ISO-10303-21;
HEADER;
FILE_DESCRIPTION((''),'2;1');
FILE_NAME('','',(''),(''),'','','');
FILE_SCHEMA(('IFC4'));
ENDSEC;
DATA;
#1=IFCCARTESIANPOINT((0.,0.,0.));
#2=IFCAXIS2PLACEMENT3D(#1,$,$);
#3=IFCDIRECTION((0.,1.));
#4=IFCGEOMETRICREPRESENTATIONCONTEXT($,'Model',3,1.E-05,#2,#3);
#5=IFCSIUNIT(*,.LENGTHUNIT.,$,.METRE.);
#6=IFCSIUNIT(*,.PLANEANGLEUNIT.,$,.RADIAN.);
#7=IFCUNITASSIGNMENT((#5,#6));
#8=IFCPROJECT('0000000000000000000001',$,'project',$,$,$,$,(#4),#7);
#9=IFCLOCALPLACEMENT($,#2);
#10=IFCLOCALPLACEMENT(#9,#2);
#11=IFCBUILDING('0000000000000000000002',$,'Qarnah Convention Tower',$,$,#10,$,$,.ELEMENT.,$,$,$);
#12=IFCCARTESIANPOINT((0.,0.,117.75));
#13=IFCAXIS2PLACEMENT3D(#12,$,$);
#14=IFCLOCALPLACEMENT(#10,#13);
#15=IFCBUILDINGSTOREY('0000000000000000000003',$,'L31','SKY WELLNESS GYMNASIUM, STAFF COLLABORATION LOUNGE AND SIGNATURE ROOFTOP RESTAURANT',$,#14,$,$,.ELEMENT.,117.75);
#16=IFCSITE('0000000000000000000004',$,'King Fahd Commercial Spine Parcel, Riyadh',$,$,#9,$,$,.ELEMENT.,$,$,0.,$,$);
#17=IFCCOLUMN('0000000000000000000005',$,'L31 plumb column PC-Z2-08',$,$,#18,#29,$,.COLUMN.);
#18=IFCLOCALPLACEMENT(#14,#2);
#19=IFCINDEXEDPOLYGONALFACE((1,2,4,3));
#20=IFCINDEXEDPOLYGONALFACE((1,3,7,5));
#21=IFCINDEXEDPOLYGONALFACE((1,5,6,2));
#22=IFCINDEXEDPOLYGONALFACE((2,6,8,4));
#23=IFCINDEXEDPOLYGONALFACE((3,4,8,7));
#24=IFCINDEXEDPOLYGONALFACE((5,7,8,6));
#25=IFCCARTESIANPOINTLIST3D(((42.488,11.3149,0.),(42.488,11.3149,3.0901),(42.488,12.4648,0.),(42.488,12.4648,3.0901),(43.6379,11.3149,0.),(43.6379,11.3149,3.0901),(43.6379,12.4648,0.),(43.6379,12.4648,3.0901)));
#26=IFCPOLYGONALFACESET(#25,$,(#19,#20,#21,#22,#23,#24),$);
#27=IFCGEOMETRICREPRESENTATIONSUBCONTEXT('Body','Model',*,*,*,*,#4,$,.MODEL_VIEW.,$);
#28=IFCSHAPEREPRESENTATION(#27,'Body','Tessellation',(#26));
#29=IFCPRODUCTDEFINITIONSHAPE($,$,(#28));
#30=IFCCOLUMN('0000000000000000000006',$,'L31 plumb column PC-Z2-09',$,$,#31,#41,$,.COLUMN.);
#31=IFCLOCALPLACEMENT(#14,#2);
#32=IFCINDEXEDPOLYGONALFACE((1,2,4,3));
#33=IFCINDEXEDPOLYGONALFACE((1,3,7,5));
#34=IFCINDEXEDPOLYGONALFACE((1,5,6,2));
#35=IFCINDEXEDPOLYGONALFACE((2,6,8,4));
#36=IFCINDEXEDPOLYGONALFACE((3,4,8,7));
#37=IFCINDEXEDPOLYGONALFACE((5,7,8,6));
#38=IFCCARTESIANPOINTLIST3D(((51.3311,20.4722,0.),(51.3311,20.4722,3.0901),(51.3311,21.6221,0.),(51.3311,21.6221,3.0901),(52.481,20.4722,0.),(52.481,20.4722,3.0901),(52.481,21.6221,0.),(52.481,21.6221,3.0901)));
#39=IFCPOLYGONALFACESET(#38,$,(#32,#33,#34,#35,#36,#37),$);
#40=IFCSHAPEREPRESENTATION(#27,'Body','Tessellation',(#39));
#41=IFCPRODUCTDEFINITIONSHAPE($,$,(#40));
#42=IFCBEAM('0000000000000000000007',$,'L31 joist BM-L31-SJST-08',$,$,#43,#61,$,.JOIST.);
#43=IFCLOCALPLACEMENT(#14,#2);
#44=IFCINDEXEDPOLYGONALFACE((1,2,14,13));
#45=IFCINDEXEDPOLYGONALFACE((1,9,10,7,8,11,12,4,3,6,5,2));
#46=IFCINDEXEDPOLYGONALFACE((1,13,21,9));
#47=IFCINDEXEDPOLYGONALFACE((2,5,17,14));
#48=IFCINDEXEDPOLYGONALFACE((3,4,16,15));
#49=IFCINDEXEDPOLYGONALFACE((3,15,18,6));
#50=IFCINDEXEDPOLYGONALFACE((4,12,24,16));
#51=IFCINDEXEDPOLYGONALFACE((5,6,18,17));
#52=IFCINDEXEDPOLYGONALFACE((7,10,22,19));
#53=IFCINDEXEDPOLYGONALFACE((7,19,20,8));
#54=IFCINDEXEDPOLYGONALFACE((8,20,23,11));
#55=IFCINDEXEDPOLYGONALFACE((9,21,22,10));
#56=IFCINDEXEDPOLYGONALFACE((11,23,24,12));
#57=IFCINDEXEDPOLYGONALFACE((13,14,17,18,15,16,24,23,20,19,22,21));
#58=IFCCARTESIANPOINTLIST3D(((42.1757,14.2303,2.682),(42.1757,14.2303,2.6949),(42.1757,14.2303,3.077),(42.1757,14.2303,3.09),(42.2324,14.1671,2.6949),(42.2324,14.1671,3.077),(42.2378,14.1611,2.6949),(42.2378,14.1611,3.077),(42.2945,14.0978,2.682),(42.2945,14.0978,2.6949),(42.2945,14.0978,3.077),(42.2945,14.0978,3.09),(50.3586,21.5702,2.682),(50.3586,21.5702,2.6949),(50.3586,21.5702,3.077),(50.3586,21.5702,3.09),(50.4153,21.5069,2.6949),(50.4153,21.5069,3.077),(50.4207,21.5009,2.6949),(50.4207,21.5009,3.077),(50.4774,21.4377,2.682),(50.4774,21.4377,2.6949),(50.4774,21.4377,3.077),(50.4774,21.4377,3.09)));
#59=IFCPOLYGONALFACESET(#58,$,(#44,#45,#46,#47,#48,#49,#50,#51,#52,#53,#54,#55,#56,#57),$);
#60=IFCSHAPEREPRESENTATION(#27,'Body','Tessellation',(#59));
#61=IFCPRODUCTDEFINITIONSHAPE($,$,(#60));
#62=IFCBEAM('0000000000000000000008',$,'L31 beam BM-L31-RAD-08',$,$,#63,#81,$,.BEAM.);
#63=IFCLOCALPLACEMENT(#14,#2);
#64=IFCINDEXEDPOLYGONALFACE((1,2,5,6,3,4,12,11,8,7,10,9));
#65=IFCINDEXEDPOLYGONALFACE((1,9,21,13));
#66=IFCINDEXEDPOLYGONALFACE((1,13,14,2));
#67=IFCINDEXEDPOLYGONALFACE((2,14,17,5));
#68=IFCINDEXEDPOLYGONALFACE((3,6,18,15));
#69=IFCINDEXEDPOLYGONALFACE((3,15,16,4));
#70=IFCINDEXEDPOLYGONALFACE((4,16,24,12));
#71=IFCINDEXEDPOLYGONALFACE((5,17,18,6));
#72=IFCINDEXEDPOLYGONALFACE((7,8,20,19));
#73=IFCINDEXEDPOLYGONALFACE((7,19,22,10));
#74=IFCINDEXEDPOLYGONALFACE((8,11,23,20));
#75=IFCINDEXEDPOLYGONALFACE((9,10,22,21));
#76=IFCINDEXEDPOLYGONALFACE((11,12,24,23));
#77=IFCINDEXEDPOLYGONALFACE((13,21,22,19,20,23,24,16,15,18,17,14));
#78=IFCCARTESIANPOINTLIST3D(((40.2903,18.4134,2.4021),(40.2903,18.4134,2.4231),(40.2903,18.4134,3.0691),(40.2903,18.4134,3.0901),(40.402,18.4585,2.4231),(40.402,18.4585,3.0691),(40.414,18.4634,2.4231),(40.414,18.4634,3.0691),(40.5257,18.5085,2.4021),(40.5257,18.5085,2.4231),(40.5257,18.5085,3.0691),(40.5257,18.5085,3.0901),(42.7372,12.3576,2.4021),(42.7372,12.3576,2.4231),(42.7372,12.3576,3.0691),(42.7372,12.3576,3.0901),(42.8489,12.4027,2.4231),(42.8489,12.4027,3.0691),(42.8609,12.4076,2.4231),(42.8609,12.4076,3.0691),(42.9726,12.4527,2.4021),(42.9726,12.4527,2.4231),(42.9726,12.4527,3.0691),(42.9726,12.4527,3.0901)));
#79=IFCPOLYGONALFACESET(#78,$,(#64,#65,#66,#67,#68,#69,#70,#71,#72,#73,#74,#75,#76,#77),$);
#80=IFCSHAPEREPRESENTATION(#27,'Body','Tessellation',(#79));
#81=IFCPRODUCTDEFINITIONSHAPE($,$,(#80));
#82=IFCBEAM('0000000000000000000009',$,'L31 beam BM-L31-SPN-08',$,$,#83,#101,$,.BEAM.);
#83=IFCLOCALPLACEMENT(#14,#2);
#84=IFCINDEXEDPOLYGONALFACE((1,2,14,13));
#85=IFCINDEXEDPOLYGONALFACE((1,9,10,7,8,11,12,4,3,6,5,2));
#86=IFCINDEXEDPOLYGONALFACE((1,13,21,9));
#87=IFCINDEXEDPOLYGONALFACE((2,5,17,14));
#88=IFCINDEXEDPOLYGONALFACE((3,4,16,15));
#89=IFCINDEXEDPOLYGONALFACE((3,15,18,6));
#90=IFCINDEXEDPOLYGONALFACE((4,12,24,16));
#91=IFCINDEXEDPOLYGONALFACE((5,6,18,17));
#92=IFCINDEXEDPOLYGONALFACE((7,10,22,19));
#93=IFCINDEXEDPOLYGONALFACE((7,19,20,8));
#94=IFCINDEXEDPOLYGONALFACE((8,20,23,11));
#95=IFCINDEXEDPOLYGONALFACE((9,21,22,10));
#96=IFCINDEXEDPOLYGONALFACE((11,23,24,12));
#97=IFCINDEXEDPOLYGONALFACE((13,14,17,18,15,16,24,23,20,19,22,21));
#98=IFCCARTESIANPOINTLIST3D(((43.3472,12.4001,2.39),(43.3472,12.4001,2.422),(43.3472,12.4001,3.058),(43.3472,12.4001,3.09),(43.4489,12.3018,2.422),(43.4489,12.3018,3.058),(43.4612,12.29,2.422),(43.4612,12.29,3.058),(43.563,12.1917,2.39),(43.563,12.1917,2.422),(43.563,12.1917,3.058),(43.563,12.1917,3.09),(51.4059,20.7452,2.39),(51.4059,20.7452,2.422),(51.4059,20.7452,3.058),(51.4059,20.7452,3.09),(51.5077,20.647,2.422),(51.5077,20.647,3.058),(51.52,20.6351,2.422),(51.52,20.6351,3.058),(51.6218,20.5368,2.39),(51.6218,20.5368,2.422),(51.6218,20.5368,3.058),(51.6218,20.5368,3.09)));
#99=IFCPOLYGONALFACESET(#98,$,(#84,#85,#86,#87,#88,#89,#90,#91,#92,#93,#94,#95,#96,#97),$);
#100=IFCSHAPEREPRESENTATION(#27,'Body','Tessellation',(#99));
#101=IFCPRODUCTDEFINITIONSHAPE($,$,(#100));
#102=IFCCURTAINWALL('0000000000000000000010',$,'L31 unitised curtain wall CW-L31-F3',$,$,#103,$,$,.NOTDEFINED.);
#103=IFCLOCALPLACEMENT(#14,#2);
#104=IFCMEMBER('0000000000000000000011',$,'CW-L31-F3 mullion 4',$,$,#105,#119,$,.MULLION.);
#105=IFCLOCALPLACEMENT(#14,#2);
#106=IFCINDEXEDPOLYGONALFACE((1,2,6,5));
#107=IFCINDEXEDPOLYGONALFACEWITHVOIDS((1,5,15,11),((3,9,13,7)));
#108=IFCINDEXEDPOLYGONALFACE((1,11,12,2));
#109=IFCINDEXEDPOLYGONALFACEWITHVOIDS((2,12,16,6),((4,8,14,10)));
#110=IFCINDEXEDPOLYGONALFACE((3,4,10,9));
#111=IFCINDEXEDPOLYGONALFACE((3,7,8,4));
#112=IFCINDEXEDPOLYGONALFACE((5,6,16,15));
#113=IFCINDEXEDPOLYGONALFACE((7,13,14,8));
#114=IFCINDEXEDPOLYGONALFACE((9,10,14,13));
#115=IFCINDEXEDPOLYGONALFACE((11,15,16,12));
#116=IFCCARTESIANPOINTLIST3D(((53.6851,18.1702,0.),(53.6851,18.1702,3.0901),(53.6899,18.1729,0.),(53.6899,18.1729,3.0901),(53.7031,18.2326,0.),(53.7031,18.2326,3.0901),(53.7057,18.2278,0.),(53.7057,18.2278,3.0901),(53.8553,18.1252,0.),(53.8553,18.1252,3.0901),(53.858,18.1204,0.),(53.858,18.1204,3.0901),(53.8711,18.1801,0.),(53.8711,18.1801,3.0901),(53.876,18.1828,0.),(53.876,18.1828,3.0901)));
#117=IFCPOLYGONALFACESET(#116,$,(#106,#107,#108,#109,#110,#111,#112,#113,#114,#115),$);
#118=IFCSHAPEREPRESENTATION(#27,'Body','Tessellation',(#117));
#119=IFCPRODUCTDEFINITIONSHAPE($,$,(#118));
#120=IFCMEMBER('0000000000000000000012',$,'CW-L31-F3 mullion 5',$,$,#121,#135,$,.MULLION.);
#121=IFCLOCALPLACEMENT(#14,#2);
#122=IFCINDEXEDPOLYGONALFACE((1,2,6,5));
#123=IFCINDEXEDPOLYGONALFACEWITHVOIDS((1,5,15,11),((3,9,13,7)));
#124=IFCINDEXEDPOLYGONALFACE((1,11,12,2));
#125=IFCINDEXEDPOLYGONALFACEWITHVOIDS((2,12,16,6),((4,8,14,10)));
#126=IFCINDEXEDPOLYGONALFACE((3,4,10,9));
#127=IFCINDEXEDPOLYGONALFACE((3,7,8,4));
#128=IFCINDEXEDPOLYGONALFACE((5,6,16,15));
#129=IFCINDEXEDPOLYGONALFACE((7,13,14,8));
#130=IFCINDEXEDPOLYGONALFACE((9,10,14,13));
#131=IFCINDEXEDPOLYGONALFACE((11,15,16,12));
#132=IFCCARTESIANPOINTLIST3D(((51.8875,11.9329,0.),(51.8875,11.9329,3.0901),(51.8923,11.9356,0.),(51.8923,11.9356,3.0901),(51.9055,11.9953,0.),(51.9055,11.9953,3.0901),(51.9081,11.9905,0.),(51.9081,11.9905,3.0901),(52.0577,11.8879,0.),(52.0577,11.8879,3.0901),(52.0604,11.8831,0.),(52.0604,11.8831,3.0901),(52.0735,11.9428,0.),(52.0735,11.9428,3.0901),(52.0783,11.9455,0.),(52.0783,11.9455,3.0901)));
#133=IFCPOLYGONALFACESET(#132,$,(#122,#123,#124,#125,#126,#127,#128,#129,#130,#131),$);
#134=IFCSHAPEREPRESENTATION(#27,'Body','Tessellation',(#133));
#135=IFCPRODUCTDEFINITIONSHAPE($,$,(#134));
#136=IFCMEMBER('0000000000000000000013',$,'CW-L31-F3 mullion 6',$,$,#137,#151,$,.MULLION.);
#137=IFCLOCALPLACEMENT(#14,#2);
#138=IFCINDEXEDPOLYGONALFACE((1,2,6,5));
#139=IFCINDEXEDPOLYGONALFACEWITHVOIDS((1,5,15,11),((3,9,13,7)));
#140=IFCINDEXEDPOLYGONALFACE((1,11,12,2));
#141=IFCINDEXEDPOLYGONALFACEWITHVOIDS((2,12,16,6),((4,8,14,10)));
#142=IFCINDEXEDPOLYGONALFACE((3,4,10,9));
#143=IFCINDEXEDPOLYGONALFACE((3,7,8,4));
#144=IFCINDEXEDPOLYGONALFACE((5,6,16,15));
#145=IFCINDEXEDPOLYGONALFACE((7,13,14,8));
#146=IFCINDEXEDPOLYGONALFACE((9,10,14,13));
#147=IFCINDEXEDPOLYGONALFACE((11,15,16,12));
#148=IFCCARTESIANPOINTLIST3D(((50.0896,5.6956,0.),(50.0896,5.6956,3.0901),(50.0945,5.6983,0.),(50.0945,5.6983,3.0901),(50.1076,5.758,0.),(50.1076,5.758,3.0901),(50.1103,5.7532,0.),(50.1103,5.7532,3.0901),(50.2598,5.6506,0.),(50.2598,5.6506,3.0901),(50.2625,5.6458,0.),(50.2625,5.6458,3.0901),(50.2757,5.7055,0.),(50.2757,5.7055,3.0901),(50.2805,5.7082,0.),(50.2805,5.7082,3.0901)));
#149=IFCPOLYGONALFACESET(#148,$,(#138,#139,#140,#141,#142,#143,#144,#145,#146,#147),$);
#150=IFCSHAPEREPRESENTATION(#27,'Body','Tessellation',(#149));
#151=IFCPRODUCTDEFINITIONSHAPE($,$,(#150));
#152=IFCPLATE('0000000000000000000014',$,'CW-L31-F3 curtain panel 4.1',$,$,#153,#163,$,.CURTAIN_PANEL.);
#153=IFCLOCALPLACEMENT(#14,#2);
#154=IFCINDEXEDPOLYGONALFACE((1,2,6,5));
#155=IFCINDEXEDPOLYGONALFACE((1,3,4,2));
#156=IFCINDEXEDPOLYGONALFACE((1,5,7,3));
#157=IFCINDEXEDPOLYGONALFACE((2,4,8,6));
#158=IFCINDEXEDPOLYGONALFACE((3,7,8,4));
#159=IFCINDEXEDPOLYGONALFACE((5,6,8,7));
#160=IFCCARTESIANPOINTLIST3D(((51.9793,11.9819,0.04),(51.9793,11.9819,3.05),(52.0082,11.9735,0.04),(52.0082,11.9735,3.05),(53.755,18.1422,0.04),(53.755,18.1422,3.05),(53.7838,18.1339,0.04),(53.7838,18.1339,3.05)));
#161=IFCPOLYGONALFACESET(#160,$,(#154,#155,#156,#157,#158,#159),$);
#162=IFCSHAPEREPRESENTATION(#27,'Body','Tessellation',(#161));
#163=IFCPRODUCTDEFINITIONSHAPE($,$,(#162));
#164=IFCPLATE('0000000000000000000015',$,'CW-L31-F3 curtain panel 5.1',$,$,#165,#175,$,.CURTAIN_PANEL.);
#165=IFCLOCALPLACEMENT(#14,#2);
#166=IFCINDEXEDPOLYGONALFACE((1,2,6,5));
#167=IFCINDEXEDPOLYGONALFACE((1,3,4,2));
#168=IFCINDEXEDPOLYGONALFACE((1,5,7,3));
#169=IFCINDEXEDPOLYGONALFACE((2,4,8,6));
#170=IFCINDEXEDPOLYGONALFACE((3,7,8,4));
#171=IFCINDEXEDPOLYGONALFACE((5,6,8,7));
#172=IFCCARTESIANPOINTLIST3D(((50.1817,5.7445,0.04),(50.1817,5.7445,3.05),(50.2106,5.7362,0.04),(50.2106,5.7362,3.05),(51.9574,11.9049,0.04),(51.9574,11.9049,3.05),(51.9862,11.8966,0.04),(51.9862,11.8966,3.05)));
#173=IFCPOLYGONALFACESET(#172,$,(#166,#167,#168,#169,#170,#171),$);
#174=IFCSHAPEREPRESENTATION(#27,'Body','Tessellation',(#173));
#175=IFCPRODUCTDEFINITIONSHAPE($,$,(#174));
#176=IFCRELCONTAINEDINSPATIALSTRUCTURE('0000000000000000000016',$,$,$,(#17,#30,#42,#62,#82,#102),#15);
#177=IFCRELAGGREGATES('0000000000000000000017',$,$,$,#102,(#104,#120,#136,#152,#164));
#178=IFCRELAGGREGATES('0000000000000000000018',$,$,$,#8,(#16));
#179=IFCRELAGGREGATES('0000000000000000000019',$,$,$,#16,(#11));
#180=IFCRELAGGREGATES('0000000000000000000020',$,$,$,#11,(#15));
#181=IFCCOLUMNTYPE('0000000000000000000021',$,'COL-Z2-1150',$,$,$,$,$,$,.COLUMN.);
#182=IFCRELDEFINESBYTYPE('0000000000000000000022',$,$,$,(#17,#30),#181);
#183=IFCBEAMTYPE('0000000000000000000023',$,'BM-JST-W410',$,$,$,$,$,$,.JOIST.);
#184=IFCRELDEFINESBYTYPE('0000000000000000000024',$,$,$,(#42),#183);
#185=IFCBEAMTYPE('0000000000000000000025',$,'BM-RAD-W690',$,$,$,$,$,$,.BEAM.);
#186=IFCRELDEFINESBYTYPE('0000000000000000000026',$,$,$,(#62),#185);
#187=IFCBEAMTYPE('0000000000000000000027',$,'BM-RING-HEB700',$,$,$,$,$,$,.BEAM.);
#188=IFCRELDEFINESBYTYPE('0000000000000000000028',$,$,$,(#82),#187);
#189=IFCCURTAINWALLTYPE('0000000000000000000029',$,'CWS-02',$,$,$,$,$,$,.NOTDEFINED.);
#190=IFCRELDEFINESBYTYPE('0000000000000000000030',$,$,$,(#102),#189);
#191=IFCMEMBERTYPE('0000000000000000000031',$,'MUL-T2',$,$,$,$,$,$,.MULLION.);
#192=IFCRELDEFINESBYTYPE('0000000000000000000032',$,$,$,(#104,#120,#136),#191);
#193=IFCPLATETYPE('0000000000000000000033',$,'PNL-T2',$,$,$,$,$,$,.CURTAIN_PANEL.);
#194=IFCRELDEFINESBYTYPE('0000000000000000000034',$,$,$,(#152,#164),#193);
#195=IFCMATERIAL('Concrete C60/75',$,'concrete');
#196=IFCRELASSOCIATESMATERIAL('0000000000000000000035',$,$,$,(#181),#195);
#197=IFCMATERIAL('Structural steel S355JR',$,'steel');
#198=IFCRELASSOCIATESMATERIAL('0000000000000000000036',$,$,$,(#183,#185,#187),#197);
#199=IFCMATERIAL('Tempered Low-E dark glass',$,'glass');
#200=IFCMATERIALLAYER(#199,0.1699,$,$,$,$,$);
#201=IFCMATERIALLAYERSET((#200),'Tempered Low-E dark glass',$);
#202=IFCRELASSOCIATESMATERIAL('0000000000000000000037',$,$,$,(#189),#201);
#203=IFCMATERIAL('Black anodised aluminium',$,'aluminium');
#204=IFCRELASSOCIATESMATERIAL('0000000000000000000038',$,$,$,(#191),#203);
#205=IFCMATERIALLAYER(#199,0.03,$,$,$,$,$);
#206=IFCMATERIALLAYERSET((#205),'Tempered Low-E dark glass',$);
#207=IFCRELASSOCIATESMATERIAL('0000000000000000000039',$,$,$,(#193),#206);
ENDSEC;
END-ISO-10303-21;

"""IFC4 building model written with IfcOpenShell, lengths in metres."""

from ifc_helpers import new_model, si_unit, direction, frame, origin, origin_2d, place, context, subcontext, project, spatial, rectangle, hollow_rectangle, i_section, extrude, material, layer, layer_set, material_profile, profile_set, type_object, element, aggregate, save


model = new_model("IFC4")

# Units and contexts
model_context = context("Model", 3, precision=1e-05, world=origin(), true_north=direction((0.0, 1.0)))
body_context = subcontext(model_context, "Body", "Model", "MODEL_VIEW")
ifc_project = project(units=[si_unit("LENGTHUNIT", "METRE"), si_unit("PLANEANGLEUNIT", "RADIAN")], contexts=[model_context])

# Site, building, storey
site_placement = place(None, origin())
site = spatial("IfcSite", under=ifc_project, at=site_placement, Name="King Fahd Commercial Spine Parcel, Riyadh", CompositionType="ELEMENT", RefElevation=0.0)
building_placement = place(site_placement, origin())
building = spatial("IfcBuilding", under=site, at=building_placement, Name="Qarnah Convention Tower", CompositionType="ELEMENT")
storey_placement = place(building_placement, frame((0.0, 0.0, 117.75)))
storey = spatial("IfcBuildingStorey", under=building, at=storey_placement, Name="L31", Description="SKY WELLNESS GYMNASIUM, STAFF COLLABORATION LOUNGE AND SIGNATURE ROOFTOP RESTAURANT", CompositionType="ELEMENT", Elevation=117.75)

# Columns
ifc_material_1 = material(Name="Concrete C60/75", Category="concrete")
ifc_material_profile_1 = material_profile(ifc_material_1, rectangle(XDim=1.1499, YDim=1.1499, at=origin_2d()), Name="RC-COL-1150X1150")
ifc_profile_set_1 = profile_set([ifc_material_profile_1], Name="Concrete C60/75")
column_type = type_object("IfcColumnType", Name="COL-Z2-1150", PredefinedType="COLUMN", material=ifc_profile_set_1)
for number, where, z_axis, x_axis, name in (
    (1, (43.063, 11.8899, 0.0), (0.0, 0.0, 1.0), (1.0, 0.0, 0.0), "L31 plumb column PC-Z2-08"),
    (2, (51.906, 21.0471, 0.0), (0.0, 0.0, 1.0), (1.0, 0.0, 0.0), "L31 plumb column PC-Z2-09"),
):
    element("IfcColumn", number, at=place(storey_placement, frame(where, z_axis=z_axis, x_axis=x_axis)), inside=storey, type_object=column_type, Name=name, PredefinedType="COLUMN", context=body_context, shape_type="SweptSolid", body=[
        extrude(rectangle(XDim=1.1499, YDim=1.1499, at=origin_2d()), origin(), (0.0, 0.0, 1.0), 3.0901),
    ])

# Beams
ifc_material_2 = material(Name="Structural steel S355JR", Category="steel")
ifc_material_profile_2 = material_profile(ifc_material_2, i_section(OverallWidth=0.178, OverallDepth=0.408, WebThickness=0.0081, FlangeThickness=0.0129, at=origin_2d()), Name="W410X60")
ifc_profile_set_2 = profile_set([ifc_material_profile_2], Name="Structural steel S355JR")
beam_type_1 = type_object("IfcBeamType", Name="BM-JST-W410", PredefinedType="JOIST", material=ifc_profile_set_2)
beam_1_placement = place(storey_placement, frame((42.2351, 14.1641, 2.886), z_axis=(0.744412, 0.667721, 0.0), x_axis=(-0.667721, 0.744412, 0.0)))
element("IfcBeam", 3, at=beam_1_placement, inside=storey, type_object=beam_type_1, Name="L31 joist BM-L31-SJST-08", PredefinedType="JOIST", context=body_context, shape_type="SweptSolid", body=[
    extrude(i_section(OverallWidth=0.178, OverallDepth=0.408, WebThickness=0.0081, FlangeThickness=0.0129, at=origin_2d()), origin(), (0.0, 0.0, 1.0), 10.9924),
])
ifc_material_profile_3 = material_profile(ifc_material_2, i_section(OverallWidth=0.2539, OverallDepth=0.688, WebThickness=0.0129, FlangeThickness=0.021, at=origin_2d()), Name="W690X152")
ifc_profile_set_3 = profile_set([ifc_material_profile_3], Name="Structural steel S355JR")
beam_type_2 = type_object("IfcBeamType", Name="BM-RAD-W690", PredefinedType="BEAM", material=ifc_profile_set_3)
beam_2_placement = place(storey_placement, frame((40.408, 18.4609, 2.7461), z_axis=(0.374643, -0.927169, 0.0), x_axis=(0.927169, 0.374643, 0.0)))
element("IfcBeam", 4, at=beam_2_placement, inside=storey, type_object=beam_type_2, Name="L31 beam BM-L31-RAD-08", PredefinedType="BEAM", context=body_context, shape_type="SweptSolid", body=[
    extrude(i_section(OverallWidth=0.2539, OverallDepth=0.688, WebThickness=0.0129, FlangeThickness=0.021, at=origin_2d()), origin(), (0.0, 0.0, 1.0), 6.5315),
])
ifc_material_profile_4 = material_profile(ifc_material_2, i_section(OverallWidth=0.3, OverallDepth=0.7, WebThickness=0.0171, FlangeThickness=0.032, at=origin_2d()), Name="HEB700")
ifc_profile_set_4 = profile_set([ifc_material_profile_4], Name="Structural steel S355JR")
beam_type_3 = type_object("IfcBeamType", Name="BM-RING-HEB700", PredefinedType="BEAM", material=ifc_profile_set_4)
beam_3_placement = place(storey_placement, frame((43.4551, 12.2959, 2.74), z_axis=(0.694656, 0.719342, 0.0), x_axis=(-0.719342, 0.694656, 0.0)))
element("IfcBeam", 5, at=beam_3_placement, inside=storey, type_object=beam_type_3, Name="L31 beam BM-L31-SPN-08", PredefinedType="BEAM", context=body_context, shape_type="SweptSolid", body=[
    extrude(i_section(OverallWidth=0.3, OverallDepth=0.7, WebThickness=0.0171, FlangeThickness=0.032, at=origin_2d()), origin(), (0.0, 0.0, 1.0), 11.6011),
])

# Curtain wall, members, plates
ifc_material_3 = material(Name="Tempered Low-E dark glass", Category="glass")
ifc_layer_1 = layer(ifc_material_3, 0.1699)
ifc_layer_set_1 = layer_set([ifc_layer_1], Name="Tempered Low-E dark glass")
curtain_wall_type = type_object("IfcCurtainWallType", Name="CWS-02", PredefinedType="NOTDEFINED", material=ifc_layer_set_1)
curtain_wall_placement = place(storey_placement, origin())
curtain_wall = element("IfcCurtainWall", 6, at=curtain_wall_placement, inside=storey, type_object=curtain_wall_type, Name="L31 unitised curtain wall CW-L31-F3", PredefinedType="NOTDEFINED")
ifc_material_4 = material(Name="Black anodised aluminium", Category="aluminium")
ifc_material_profile_5 = material_profile(ifc_material_4, hollow_rectangle(XDim=0.0649, YDim=0.1799, WallThickness=0.0039, at=origin_2d()), Name="MUL-65X180")
ifc_profile_set_5 = profile_set([ifc_material_profile_5], Name="Black anodised aluminium")
member_type = type_object("IfcMemberType", Name="MUL-T2", PredefinedType="MULLION", material=ifc_profile_set_5)
member_1_placement = place(storey_placement, frame((53.7805, 18.1765, 0.0), z_axis=(0.0, 0.0, 1.0), x_axis=(-0.276963, -0.960881, 0.0)))
member_1 = element("IfcMember", 7, at=member_1_placement, type_object=member_type, Name="CW-L31-F3 mullion 4", PredefinedType="MULLION", context=body_context, shape_type="SweptSolid", body=[
    extrude(hollow_rectangle(XDim=0.0649, YDim=0.1799, WallThickness=0.0039, at=origin_2d()), origin(), (0.0, 0.0, 1.0), 3.0901),
])
member_2_placement = place(storey_placement, frame((51.9829, 11.9392, 0.0), z_axis=(0.0, 0.0, 1.0), x_axis=(-0.276963, -0.960881, 0.0)))
member_2 = element("IfcMember", 8, at=member_2_placement, type_object=member_type, Name="CW-L31-F3 mullion 5", PredefinedType="MULLION", context=body_context, shape_type="SweptSolid", body=[
    extrude(hollow_rectangle(XDim=0.0649, YDim=0.1799, WallThickness=0.0039, at=origin_2d()), origin(), (0.0, 0.0, 1.0), 3.0901),
])
member_3_placement = place(storey_placement, frame((50.1851, 5.7019, 0.0), z_axis=(0.0, 0.0, 1.0), x_axis=(-0.276963, -0.960881, 0.0)))
member_3 = element("IfcMember", 9, at=member_3_placement, type_object=member_type, Name="CW-L31-F3 mullion 6", PredefinedType="MULLION", context=body_context, shape_type="SweptSolid", body=[
    extrude(hollow_rectangle(XDim=0.0649, YDim=0.1799, WallThickness=0.0039, at=origin_2d()), origin(), (0.0, 0.0, 1.0), 3.0901),
])
ifc_layer_2 = layer(ifc_material_3, 0.03)
ifc_layer_set_2 = layer_set([ifc_layer_2], Name="Tempered Low-E dark glass")
plate_type = type_object("IfcPlateType", Name="PNL-T2", PredefinedType="CURTAIN_PANEL", material=ifc_layer_set_2)
plate_1_placement = place(storey_placement, frame((52.8816, 15.0579, 0.04), z_axis=(0.0, 0.0, 1.0), x_axis=(-0.276963, -0.960881, 0.0)))
plate_1 = element("IfcPlate", 10, at=plate_1_placement, type_object=plate_type, Name="CW-L31-F3 curtain panel 4.1", PredefinedType="CURTAIN_PANEL", context=body_context, shape_type="SweptSolid", body=[
    extrude(rectangle(XDim=6.4111, YDim=0.03, at=origin_2d()), origin(), (0.0, 0.0, 1.0), 3.01),
])
plate_2_placement = place(storey_placement, frame((51.084, 8.8206, 0.04), z_axis=(0.0, 0.0, 1.0), x_axis=(-0.276963, -0.960881, 0.0)))
plate_2 = element("IfcPlate", 11, at=plate_2_placement, type_object=plate_type, Name="CW-L31-F3 curtain panel 5.1", PredefinedType="CURTAIN_PANEL", context=body_context, shape_type="SweptSolid", body=[
    extrude(rectangle(XDim=6.4111, YDim=0.03, at=origin_2d()), origin(), (0.0, 0.0, 1.0), 3.01),
])
aggregate(curtain_wall, [member_1, member_2, member_3, plate_1, plate_2])

save(model, "model.ifc")
